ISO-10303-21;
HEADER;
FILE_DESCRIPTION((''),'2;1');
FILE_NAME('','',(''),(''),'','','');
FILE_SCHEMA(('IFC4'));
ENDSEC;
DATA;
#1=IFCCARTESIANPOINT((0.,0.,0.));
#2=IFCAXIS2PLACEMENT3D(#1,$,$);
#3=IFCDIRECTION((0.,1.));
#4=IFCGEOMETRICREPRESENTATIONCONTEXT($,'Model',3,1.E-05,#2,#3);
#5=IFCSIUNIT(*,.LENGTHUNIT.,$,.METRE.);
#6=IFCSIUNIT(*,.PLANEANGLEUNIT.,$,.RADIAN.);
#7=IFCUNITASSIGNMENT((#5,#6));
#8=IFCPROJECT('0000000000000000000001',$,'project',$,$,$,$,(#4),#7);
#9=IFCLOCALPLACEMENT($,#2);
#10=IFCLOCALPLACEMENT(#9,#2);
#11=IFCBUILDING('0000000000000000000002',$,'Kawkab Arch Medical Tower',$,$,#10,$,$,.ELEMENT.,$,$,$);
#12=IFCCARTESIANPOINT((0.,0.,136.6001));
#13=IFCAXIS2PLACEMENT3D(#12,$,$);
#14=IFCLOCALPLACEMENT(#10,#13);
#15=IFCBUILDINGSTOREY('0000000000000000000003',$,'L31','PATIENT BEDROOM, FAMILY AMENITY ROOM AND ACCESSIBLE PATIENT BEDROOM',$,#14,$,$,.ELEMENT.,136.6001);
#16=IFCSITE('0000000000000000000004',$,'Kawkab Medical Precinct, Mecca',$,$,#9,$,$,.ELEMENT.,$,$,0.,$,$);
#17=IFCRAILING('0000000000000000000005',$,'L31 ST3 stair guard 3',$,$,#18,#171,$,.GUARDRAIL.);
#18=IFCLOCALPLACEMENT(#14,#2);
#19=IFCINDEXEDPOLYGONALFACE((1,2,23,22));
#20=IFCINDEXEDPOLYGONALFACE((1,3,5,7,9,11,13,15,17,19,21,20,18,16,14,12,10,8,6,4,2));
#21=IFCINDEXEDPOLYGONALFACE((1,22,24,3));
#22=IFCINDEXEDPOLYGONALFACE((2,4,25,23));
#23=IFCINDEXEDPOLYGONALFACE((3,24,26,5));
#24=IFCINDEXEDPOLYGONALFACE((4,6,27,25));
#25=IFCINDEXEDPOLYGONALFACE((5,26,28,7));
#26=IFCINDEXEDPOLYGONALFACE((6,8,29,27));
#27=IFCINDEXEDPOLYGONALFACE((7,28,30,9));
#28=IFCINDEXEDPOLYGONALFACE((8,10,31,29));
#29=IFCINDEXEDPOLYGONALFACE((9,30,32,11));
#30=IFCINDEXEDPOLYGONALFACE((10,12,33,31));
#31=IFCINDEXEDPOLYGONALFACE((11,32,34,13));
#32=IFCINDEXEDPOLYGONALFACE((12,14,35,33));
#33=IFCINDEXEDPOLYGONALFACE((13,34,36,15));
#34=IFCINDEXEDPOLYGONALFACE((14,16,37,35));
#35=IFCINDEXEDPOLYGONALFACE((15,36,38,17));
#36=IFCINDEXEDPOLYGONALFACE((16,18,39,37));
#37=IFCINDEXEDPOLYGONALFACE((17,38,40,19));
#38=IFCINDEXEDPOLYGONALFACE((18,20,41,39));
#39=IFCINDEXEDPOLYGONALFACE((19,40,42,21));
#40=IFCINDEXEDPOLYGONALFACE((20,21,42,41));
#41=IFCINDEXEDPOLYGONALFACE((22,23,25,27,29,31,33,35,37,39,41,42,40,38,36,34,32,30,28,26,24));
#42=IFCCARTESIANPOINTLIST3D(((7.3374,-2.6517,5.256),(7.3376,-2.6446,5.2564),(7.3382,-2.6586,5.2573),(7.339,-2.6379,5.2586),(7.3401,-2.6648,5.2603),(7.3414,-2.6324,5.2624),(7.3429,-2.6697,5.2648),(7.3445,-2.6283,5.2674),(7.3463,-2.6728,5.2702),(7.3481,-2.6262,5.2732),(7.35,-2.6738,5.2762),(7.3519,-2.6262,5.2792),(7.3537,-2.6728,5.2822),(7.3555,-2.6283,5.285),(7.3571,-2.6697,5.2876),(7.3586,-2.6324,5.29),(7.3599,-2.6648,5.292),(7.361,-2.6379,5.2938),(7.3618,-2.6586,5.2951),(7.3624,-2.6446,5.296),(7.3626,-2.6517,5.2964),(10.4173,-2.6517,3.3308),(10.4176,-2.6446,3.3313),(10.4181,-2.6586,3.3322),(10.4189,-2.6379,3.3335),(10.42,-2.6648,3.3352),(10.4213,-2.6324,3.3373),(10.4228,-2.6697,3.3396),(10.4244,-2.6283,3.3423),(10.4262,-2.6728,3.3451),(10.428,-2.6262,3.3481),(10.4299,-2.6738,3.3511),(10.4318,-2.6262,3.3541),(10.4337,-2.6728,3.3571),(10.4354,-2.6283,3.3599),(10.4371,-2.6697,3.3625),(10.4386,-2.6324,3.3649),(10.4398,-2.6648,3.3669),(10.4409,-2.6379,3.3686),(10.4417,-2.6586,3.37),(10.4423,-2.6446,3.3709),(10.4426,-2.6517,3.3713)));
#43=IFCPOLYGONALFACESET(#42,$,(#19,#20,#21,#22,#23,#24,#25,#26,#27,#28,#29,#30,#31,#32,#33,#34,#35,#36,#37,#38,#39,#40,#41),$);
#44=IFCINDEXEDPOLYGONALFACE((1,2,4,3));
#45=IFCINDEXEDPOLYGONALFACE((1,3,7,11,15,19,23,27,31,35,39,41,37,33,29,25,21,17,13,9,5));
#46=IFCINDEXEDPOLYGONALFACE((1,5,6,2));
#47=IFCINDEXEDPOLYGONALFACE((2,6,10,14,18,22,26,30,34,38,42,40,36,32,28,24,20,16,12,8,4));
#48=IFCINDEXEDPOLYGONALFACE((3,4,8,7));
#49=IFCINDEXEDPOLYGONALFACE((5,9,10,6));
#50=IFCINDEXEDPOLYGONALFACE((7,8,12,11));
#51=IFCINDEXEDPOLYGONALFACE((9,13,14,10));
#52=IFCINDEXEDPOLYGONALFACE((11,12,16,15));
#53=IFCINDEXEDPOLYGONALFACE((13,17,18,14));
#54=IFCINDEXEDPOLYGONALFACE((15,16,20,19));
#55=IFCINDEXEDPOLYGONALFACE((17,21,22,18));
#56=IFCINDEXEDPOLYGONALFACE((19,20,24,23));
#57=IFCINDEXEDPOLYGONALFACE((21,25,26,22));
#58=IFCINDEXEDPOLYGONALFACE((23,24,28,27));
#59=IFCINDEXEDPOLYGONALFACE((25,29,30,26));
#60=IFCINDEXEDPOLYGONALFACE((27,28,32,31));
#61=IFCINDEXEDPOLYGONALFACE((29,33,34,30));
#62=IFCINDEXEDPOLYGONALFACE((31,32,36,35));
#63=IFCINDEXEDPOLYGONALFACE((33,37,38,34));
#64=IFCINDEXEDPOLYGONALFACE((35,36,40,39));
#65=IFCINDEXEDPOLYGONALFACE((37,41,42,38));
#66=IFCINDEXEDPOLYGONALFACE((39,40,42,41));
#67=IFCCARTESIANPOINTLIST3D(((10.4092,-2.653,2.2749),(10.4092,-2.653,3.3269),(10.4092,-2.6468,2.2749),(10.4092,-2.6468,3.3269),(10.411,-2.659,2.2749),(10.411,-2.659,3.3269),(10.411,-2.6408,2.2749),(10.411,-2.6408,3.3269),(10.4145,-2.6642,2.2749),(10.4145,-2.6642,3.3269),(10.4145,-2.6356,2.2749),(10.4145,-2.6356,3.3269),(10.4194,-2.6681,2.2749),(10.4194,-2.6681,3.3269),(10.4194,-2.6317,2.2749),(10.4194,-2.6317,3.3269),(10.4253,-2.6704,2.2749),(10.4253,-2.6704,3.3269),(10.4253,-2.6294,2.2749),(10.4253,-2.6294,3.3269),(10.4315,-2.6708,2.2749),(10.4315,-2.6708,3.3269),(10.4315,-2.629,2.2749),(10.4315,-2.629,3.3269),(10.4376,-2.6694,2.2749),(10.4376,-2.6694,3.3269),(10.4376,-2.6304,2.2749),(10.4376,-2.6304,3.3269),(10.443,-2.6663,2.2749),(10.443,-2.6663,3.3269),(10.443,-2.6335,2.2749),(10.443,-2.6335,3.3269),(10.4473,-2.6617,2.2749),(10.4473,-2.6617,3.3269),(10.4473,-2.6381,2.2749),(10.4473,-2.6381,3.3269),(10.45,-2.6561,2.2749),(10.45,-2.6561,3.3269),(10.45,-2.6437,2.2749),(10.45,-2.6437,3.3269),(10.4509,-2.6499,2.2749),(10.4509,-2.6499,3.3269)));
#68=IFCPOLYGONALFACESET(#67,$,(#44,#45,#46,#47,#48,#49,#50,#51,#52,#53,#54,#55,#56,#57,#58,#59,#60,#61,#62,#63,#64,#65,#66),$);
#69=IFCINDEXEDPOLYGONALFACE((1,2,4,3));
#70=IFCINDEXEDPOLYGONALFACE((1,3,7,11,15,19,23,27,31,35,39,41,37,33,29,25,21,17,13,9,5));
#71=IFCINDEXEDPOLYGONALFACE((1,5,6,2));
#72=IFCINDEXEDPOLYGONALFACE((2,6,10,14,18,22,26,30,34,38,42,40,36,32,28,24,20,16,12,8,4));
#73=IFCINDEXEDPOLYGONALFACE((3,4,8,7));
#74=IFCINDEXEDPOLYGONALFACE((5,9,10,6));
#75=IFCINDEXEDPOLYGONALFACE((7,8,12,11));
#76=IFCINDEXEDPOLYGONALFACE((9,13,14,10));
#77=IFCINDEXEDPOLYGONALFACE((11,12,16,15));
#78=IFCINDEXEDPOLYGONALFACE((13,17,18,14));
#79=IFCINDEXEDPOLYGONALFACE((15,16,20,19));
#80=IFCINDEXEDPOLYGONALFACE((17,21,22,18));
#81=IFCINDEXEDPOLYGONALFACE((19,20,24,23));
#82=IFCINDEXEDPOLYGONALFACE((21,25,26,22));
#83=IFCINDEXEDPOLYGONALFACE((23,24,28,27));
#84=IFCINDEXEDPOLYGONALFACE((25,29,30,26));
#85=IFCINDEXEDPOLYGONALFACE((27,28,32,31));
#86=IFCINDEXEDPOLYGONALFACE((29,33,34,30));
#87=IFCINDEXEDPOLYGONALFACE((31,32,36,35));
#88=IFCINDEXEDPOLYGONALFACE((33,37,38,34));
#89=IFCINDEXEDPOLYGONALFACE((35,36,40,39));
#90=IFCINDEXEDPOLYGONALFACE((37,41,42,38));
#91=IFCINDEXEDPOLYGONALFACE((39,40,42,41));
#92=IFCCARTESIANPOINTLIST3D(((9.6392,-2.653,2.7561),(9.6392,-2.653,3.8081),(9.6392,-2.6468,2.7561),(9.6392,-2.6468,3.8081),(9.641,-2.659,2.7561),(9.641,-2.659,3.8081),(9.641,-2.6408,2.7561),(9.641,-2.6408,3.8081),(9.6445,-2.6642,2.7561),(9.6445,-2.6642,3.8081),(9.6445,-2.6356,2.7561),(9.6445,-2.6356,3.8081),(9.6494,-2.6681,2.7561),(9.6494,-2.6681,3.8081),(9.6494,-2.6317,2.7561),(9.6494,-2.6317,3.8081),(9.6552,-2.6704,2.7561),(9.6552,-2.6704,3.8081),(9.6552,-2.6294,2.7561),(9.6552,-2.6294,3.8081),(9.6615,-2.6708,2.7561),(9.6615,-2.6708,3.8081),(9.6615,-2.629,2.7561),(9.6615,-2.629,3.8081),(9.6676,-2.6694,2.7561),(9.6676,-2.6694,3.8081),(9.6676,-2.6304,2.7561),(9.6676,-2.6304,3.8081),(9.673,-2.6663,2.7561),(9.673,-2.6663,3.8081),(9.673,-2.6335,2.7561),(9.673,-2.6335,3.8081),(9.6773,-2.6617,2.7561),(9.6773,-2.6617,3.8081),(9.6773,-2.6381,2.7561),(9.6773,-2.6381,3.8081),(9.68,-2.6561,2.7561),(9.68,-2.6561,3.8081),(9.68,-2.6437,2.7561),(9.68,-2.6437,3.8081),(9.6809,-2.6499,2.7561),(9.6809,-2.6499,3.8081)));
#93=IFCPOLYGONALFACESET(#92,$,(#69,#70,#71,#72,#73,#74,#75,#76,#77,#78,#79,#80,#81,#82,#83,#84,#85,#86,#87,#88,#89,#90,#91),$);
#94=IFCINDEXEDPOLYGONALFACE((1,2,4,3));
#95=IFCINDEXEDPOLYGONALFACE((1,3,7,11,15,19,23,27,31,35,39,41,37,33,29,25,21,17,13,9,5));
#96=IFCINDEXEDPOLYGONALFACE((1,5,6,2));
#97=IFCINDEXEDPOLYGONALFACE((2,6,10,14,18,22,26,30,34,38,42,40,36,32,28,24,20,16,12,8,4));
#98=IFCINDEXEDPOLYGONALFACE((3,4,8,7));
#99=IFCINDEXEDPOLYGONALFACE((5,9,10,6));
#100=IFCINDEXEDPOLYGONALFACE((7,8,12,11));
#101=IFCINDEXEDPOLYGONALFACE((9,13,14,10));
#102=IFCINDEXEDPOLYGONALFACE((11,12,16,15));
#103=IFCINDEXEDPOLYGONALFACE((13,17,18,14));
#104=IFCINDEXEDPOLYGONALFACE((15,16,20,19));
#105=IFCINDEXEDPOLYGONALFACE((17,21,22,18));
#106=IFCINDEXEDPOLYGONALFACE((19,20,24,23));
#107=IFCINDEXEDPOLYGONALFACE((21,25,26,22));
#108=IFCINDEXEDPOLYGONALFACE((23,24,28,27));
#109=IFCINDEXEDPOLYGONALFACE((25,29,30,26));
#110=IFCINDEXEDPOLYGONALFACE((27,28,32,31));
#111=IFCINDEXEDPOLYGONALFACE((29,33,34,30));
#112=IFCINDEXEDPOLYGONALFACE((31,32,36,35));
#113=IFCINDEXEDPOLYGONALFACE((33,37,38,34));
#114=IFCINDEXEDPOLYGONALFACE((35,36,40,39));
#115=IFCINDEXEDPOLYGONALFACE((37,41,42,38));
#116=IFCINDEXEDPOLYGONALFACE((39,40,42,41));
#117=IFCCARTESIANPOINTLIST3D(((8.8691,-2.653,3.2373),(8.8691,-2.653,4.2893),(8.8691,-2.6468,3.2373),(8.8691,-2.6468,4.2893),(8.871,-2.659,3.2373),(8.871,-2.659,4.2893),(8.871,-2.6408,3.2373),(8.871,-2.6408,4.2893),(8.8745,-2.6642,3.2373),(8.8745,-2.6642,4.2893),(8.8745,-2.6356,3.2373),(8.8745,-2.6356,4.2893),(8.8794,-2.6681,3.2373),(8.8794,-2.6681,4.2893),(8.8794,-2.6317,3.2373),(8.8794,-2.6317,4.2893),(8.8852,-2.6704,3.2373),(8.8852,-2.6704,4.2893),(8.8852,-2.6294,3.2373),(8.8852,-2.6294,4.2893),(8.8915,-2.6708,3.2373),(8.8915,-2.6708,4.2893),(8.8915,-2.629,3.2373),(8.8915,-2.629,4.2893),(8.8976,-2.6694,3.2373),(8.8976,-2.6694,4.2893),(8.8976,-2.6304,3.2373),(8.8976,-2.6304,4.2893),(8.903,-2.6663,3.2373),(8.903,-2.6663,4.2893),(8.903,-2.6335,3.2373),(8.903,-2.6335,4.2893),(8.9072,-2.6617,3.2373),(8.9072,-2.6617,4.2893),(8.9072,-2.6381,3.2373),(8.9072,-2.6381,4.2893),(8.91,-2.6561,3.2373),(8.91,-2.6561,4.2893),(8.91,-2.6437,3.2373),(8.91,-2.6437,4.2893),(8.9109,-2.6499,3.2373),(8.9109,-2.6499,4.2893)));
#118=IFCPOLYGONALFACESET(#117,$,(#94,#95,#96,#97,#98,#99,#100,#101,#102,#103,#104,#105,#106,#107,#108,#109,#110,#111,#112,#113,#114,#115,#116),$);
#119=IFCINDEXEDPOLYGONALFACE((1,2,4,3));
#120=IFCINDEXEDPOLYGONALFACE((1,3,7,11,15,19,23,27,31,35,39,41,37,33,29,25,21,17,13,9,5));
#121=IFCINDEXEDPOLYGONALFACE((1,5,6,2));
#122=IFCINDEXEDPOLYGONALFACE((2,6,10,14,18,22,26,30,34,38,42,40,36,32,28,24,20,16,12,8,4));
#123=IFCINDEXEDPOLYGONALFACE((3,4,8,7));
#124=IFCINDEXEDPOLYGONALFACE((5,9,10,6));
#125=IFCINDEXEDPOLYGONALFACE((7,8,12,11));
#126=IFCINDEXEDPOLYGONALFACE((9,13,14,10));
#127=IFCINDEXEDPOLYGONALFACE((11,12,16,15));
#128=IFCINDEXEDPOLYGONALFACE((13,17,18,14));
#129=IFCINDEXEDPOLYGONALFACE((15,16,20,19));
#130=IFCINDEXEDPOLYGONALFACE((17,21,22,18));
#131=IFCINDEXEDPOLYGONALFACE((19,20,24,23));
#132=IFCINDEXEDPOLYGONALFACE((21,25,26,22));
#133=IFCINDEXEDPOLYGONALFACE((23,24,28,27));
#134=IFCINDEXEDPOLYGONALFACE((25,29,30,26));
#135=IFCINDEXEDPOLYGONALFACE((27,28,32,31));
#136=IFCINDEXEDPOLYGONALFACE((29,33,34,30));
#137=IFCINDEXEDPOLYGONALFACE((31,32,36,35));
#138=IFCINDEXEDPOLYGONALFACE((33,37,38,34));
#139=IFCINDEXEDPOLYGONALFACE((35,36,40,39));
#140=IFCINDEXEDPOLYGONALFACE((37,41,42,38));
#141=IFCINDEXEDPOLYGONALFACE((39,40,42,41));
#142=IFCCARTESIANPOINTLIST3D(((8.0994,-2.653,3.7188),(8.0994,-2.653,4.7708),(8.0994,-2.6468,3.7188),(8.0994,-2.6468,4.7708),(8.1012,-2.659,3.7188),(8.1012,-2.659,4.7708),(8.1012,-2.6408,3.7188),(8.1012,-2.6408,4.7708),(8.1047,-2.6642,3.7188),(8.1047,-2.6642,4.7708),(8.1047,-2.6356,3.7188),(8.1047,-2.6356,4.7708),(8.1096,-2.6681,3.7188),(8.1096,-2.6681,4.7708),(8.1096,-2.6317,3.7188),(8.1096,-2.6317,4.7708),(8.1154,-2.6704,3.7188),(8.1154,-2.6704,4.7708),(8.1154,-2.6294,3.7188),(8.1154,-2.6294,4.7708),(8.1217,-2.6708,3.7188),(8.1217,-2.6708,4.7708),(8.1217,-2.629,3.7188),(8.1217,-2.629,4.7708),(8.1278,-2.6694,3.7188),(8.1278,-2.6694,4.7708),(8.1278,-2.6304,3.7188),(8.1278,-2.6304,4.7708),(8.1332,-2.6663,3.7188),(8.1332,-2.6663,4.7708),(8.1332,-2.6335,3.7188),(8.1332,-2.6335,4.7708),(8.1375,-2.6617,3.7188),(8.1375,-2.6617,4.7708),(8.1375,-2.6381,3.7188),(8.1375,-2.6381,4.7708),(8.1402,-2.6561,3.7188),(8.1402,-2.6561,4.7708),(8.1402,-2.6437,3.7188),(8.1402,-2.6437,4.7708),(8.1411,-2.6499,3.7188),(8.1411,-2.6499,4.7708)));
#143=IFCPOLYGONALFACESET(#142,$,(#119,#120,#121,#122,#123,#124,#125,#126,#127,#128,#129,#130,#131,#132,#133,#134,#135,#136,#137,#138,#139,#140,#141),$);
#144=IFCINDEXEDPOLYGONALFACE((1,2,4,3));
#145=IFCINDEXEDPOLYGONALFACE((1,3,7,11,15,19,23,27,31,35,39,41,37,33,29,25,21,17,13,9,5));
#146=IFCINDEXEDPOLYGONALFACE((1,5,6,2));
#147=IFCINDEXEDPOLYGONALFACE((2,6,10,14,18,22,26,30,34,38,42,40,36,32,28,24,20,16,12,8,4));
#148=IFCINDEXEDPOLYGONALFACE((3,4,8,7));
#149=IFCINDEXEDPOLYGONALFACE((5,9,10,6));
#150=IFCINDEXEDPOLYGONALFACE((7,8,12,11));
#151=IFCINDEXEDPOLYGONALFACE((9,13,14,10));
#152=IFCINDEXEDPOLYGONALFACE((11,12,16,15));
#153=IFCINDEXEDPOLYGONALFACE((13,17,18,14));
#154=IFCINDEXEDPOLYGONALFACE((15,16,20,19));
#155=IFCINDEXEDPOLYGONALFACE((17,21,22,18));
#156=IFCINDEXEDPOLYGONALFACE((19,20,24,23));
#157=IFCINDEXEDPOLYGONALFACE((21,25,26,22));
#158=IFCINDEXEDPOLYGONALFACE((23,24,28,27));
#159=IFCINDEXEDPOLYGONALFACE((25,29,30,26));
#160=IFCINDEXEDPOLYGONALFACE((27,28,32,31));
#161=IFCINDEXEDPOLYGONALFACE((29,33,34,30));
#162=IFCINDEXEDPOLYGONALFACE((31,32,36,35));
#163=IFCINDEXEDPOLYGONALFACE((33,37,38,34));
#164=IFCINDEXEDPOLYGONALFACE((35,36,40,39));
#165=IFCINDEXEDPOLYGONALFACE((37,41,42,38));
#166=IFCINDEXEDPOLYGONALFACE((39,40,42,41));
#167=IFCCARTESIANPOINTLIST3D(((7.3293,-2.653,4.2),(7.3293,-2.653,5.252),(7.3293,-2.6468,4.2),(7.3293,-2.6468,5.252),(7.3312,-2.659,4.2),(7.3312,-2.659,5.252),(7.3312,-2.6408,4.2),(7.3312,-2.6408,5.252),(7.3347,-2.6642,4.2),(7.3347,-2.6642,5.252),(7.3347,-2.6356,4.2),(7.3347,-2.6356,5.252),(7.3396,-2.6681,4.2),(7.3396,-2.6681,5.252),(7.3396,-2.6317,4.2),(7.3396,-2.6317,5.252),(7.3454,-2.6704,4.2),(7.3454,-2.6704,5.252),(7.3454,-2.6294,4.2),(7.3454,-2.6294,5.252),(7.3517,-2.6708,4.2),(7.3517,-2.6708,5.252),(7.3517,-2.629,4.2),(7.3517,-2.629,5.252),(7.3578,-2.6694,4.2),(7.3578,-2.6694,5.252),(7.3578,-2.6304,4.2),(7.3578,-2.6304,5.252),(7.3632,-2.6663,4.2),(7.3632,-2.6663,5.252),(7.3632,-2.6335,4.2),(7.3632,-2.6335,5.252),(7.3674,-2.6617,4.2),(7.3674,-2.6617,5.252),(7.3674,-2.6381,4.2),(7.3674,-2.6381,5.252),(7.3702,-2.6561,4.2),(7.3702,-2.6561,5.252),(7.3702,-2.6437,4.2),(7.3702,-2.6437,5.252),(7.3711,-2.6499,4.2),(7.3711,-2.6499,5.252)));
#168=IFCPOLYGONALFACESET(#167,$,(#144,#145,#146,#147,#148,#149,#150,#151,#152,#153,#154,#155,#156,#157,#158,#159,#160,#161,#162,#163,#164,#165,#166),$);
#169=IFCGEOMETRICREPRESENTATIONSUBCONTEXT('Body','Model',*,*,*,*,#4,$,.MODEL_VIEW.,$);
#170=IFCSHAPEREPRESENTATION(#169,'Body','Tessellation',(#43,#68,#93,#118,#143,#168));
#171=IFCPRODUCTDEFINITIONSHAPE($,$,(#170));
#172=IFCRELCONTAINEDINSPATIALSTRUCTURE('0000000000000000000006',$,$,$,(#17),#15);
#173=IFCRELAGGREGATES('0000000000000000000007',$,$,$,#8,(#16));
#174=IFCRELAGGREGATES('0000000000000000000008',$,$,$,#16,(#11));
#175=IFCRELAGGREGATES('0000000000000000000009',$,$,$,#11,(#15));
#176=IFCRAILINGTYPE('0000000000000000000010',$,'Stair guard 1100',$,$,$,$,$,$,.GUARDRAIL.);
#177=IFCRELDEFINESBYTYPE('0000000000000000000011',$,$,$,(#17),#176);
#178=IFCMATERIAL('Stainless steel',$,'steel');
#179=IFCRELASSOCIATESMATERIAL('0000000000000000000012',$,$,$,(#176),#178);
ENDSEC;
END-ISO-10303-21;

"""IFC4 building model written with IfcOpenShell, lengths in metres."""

from ifc_helpers import new_model, si_unit, direction, frame, origin, origin_2d, place, context, subcontext, project, spatial, circle, extrude, material, type_object, element, save


model = new_model("IFC4")

# Units and contexts
model_context = context("Model", 3, precision=1e-05, world=origin(), true_north=direction((0.0, 1.0)))
body_context = subcontext(model_context, "Body", "Model", "MODEL_VIEW")
ifc_project = project(units=[si_unit("LENGTHUNIT", "METRE"), si_unit("PLANEANGLEUNIT", "RADIAN")], contexts=[model_context])

# Site, building, storey
site_placement = place(None, origin())
site = spatial("IfcSite", under=ifc_project, at=site_placement, Name="Kawkab Medical Precinct, Mecca", CompositionType="ELEMENT", RefElevation=0.0)
building_placement = place(site_placement, origin())
building = spatial("IfcBuilding", under=site, at=building_placement, Name="Kawkab Arch Medical Tower", CompositionType="ELEMENT")
storey_placement = place(building_placement, frame((0.0, 0.0, 136.6001)))
storey = spatial("IfcBuildingStorey", under=building, at=storey_placement, Name="L31", Description="PATIENT BEDROOM, FAMILY AMENITY ROOM AND ACCESSIBLE PATIENT BEDROOM", CompositionType="ELEMENT", Elevation=136.6001)

# Railing
ifc_material_1 = material(Name="Stainless steel", Category="steel")
railing_type_1 = type_object("IfcRailingType", Name="Stair guard 1100", PredefinedType="GUARDRAIL", material=ifc_material_1)
railing_1_placement = place(storey_placement, frame((10.4299, -2.6499, 2.2749)))
element("IfcRailing", 1, at=railing_1_placement, inside=storey, type_object=railing_type_1, Name="L31 ST3 stair guard 3", PredefinedType="GUARDRAIL", context=body_context, shape_type="SweptSolid", body=[
    extrude(circle(Radius=0.0239, at=origin_2d()), frame((0.0, 0.0, 1.0762), z_axis=(-0.847979, 0.0, 0.530029), x_axis=(0.0, -1.0, 0.0)), (0.0, 0.0, 1.0), 3.6321),
    extrude(circle(Radius=0.021, at=origin_2d()), origin(), (0.0, 0.0, 1.0), 1.052),
    extrude(circle(Radius=0.021, at=origin_2d()), frame((-0.77, 0.0, 0.4812)), (0.0, 0.0, 1.0), 1.052),
    extrude(circle(Radius=0.021, at=origin_2d()), frame((-1.54, 0.0, 0.9624)), (0.0, 0.0, 1.0), 1.052),
    extrude(circle(Radius=0.021, at=origin_2d()), frame((-2.3098, 0.0, 1.4438)), (0.0, 0.0, 1.0), 1.052),
    extrude(circle(Radius=0.021, at=origin_2d()), frame((-3.0798, 0.0, 1.925)), (0.0, 0.0, 1.0), 1.052),
])

save(model, "model.ifc")
